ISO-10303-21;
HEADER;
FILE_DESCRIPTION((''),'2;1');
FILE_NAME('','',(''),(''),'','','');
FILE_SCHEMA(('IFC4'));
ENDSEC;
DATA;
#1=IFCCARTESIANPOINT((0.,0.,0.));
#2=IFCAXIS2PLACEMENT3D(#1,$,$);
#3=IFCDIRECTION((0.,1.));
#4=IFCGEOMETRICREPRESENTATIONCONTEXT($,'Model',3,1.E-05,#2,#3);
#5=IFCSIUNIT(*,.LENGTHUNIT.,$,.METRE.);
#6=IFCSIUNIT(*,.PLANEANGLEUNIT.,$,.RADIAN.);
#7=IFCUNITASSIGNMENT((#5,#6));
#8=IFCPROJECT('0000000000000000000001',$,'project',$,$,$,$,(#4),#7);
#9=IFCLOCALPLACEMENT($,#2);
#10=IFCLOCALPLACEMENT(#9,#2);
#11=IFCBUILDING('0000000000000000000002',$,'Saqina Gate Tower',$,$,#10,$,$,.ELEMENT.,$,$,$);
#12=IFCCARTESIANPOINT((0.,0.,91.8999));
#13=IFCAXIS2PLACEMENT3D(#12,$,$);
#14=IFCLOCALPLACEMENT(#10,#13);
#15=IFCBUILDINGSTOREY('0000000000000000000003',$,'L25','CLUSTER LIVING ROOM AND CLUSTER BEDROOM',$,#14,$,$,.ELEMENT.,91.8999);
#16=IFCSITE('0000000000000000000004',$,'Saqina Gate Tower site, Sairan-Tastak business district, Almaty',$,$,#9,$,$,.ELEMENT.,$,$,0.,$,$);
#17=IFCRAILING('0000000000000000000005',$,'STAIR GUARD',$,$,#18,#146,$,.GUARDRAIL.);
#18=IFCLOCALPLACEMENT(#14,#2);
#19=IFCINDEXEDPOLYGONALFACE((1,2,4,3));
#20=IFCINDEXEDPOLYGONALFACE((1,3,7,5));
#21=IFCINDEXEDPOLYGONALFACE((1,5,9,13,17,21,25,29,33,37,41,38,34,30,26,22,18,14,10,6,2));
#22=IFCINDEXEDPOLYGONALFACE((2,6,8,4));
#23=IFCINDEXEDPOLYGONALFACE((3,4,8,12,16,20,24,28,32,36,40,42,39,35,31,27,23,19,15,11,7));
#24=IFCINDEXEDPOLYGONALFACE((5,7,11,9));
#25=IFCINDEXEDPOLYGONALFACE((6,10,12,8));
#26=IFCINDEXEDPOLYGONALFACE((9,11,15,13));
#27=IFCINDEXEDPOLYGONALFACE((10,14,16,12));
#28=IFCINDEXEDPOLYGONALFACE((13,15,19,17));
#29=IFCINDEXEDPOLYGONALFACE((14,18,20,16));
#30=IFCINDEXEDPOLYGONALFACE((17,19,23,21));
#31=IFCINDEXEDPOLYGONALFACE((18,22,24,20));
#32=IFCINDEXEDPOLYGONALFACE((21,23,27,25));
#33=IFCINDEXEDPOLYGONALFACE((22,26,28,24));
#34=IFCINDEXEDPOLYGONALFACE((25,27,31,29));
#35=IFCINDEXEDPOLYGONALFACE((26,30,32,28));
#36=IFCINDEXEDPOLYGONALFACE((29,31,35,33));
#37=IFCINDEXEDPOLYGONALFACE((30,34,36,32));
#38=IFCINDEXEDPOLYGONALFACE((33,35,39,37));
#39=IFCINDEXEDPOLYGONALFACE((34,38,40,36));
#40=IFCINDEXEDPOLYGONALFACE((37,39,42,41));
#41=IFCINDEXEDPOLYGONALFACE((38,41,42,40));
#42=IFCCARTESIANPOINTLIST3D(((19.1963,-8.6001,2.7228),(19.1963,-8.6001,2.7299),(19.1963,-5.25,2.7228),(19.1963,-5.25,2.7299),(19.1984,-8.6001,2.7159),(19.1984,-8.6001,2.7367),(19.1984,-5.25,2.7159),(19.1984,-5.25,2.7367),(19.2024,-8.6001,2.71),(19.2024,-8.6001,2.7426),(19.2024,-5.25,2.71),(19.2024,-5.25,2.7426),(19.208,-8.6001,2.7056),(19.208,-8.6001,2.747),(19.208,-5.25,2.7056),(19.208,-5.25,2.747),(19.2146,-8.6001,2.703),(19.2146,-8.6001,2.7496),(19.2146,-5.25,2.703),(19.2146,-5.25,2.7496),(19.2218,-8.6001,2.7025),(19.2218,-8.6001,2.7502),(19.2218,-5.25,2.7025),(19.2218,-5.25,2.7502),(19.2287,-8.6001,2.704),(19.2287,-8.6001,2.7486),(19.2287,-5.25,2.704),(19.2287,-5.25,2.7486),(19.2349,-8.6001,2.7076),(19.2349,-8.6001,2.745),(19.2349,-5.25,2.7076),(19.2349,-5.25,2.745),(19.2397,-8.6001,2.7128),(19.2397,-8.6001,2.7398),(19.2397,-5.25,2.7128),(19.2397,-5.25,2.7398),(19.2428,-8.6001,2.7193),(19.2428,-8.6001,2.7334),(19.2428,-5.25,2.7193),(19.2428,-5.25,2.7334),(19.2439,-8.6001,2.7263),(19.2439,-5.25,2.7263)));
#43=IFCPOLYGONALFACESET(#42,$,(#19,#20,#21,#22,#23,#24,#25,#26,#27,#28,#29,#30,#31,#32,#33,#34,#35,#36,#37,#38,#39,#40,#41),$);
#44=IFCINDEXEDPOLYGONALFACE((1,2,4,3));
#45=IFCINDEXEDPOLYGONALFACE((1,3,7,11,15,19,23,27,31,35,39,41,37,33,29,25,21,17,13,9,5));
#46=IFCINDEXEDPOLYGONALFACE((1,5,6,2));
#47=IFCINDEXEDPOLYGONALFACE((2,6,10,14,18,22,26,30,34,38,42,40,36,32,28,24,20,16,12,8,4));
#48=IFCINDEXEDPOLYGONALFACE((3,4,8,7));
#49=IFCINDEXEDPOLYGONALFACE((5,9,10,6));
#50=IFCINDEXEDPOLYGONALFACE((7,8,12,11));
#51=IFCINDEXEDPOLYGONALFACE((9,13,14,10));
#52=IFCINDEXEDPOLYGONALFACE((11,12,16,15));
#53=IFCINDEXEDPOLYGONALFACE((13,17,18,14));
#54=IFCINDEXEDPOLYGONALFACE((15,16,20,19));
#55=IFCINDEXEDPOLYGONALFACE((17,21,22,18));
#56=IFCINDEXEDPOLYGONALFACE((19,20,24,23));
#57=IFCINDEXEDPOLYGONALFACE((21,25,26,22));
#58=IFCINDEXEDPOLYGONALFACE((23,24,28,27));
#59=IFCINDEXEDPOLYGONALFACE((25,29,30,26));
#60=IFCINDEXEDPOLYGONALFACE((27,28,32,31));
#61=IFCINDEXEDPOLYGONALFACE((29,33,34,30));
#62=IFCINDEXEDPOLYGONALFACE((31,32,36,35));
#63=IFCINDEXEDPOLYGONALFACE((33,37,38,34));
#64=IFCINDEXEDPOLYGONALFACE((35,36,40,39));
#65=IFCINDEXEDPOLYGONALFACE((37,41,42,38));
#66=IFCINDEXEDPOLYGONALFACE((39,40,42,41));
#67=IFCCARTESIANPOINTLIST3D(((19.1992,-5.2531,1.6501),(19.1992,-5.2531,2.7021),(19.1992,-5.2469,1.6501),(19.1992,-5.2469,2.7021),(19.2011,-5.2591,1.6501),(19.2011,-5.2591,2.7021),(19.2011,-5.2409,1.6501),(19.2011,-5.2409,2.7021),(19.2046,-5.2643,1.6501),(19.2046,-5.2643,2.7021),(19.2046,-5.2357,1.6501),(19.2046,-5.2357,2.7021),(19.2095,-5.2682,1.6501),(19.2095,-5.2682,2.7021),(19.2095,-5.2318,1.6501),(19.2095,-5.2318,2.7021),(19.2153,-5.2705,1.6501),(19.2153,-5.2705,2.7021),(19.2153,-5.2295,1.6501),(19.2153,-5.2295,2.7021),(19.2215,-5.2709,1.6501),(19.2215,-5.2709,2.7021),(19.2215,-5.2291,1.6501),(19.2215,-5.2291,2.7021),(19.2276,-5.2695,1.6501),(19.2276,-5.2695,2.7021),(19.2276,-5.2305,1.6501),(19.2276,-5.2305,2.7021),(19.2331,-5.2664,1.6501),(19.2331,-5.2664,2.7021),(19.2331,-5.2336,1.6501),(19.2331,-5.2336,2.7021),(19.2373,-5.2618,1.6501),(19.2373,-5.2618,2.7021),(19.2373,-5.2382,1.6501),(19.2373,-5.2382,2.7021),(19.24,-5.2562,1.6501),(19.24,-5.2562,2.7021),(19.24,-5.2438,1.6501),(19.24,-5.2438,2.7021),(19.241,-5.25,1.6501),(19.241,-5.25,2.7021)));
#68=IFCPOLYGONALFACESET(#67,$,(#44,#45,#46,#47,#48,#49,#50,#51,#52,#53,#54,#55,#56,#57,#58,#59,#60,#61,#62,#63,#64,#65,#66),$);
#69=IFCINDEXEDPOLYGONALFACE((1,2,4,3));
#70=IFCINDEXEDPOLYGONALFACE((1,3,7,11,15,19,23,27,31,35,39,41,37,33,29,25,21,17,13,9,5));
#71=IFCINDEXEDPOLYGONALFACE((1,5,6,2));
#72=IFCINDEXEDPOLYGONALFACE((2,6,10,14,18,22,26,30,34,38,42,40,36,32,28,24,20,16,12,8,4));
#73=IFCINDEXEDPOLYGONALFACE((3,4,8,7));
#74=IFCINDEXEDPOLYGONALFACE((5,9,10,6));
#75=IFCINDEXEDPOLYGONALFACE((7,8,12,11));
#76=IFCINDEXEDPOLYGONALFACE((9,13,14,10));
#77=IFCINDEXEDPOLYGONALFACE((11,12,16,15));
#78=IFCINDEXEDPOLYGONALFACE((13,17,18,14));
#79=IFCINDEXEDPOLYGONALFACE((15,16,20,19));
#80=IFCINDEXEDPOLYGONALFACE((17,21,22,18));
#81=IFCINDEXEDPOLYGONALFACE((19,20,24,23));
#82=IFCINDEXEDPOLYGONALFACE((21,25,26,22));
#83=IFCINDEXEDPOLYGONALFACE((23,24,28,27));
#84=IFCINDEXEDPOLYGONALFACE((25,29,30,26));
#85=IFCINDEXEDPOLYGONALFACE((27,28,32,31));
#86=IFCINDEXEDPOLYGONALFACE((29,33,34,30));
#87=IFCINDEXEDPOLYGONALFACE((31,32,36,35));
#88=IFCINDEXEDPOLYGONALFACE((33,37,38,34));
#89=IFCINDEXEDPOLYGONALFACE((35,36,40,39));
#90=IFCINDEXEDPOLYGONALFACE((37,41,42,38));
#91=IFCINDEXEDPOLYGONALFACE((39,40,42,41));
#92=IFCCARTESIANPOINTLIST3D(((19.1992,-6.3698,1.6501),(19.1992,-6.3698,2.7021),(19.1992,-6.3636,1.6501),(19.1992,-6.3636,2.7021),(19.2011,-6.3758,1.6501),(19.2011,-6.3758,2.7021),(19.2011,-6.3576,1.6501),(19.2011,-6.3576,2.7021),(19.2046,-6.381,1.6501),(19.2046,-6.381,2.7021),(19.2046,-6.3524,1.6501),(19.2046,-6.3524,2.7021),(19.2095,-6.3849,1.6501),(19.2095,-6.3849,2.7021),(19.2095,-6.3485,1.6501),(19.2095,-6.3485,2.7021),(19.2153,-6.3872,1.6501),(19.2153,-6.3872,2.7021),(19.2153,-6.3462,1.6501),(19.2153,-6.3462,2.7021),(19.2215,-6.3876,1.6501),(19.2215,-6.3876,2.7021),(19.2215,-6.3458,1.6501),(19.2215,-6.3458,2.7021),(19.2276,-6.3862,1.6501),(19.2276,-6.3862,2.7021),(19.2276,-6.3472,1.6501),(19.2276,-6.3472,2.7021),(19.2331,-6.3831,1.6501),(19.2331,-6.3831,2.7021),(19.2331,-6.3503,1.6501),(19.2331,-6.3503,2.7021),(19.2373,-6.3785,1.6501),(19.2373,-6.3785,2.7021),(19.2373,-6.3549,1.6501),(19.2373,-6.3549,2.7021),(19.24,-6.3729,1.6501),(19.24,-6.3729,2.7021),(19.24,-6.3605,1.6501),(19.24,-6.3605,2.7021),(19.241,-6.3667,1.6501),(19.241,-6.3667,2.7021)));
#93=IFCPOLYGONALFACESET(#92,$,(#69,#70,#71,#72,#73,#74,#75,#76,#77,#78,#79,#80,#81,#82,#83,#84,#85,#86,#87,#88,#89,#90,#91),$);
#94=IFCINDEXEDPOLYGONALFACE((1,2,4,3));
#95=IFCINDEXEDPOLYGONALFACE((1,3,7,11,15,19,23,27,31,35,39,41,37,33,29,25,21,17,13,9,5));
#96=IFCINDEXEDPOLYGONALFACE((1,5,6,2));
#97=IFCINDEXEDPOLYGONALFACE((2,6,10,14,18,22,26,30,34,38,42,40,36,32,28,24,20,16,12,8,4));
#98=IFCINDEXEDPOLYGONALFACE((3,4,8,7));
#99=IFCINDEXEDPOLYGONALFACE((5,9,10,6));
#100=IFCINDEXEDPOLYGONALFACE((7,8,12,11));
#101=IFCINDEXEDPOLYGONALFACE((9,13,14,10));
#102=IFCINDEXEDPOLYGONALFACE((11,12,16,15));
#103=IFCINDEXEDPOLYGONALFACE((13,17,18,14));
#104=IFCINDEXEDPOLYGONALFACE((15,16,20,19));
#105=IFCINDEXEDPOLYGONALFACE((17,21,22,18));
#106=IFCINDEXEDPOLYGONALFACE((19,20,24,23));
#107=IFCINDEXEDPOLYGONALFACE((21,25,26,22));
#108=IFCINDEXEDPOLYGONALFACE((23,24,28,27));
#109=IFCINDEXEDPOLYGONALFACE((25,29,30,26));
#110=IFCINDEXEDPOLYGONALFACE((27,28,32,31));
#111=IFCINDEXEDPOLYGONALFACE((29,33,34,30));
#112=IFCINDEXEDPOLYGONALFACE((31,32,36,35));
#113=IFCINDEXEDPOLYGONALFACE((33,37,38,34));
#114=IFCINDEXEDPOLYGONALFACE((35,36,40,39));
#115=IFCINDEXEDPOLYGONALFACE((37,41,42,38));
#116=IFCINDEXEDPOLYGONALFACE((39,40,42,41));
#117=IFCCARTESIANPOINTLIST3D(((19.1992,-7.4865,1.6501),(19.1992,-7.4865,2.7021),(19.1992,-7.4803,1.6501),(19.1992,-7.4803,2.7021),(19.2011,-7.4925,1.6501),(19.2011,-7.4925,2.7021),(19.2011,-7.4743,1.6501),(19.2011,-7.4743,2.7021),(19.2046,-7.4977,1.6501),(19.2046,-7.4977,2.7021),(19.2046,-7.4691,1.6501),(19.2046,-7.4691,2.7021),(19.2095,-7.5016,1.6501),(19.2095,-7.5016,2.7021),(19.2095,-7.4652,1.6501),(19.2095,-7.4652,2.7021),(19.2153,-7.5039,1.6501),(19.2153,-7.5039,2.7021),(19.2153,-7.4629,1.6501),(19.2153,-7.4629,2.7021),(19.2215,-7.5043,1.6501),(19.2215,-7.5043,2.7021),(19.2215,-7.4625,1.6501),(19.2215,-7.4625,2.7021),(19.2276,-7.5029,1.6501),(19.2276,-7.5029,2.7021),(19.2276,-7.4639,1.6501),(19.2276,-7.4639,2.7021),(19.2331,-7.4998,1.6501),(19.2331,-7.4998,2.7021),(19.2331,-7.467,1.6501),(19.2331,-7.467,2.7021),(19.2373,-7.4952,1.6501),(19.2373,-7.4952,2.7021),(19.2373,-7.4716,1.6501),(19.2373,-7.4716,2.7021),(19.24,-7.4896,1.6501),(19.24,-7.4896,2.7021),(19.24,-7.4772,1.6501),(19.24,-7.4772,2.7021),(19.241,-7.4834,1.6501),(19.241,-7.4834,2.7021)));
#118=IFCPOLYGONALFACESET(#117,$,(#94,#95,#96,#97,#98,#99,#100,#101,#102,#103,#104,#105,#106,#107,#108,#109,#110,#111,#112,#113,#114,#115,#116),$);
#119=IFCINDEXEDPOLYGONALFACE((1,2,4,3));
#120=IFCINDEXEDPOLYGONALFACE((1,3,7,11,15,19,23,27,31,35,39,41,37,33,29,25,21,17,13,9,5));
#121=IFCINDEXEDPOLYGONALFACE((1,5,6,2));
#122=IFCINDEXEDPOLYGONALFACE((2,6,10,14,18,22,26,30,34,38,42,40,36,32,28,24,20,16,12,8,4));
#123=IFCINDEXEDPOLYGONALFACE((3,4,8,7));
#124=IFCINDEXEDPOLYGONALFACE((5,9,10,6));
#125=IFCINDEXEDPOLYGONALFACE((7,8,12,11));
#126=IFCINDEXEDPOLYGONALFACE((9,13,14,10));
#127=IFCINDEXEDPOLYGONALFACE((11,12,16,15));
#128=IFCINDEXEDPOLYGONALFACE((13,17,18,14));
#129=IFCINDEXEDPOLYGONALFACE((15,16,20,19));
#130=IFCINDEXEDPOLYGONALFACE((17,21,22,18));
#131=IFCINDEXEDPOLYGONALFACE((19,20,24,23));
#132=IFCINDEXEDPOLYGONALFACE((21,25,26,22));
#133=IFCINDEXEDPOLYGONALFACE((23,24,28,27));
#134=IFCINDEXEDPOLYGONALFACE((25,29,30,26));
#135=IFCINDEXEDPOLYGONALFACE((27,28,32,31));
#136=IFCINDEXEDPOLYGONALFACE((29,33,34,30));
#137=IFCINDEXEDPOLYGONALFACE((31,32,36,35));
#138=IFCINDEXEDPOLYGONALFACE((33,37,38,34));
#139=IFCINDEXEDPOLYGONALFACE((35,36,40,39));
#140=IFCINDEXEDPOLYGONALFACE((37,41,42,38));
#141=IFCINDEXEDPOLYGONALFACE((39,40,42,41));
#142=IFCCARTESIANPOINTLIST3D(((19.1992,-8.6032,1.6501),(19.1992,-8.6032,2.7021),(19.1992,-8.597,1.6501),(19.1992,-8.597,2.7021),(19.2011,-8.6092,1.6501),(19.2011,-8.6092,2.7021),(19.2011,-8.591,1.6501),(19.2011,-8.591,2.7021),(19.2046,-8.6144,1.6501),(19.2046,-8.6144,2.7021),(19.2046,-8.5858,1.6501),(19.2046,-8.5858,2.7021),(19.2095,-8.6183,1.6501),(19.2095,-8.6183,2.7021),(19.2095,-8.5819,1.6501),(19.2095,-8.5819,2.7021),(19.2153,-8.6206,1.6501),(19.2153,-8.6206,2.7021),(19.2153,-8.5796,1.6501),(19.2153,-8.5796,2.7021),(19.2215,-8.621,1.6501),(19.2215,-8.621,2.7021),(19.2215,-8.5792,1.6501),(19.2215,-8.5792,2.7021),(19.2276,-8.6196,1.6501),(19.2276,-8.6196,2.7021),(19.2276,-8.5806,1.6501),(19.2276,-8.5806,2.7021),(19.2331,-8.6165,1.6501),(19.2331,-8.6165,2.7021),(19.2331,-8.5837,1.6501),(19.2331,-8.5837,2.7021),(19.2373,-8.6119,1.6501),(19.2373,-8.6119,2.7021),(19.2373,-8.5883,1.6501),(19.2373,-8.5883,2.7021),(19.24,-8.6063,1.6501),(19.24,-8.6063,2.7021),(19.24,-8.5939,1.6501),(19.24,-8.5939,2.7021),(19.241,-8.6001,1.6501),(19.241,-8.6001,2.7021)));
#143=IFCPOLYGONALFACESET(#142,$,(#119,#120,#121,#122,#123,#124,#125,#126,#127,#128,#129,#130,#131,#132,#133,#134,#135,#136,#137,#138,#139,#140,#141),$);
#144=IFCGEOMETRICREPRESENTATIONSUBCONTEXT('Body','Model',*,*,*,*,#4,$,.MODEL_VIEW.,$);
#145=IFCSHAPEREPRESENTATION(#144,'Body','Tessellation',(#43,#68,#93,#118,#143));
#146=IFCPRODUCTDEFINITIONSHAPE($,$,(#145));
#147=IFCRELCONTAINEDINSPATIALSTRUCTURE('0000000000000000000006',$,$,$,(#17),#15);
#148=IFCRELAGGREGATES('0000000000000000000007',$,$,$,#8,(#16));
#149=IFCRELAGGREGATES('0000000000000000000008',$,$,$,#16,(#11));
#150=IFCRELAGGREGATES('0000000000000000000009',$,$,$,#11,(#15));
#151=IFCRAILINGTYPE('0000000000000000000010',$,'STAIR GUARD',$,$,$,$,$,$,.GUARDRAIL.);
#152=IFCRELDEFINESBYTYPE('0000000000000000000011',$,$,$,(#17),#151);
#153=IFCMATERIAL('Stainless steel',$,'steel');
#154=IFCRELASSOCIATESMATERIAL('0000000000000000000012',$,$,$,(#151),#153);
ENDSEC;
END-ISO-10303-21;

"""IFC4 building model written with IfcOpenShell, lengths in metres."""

from ifc_helpers import new_model, si_unit, direction, frame, origin, origin_2d, place, context, subcontext, project, spatial, circle, extrude, material, type_object, element, save


model = new_model("IFC4")

# Units and contexts
model_context = context("Model", 3, precision=1e-05, world=origin(), true_north=direction((0.0, 1.0)))
body_context = subcontext(model_context, "Body", "Model", "MODEL_VIEW")
ifc_project = project(units=[si_unit("LENGTHUNIT", "METRE"), si_unit("PLANEANGLEUNIT", "RADIAN")], contexts=[model_context])

# Site, building, storey
site_placement = place(None, origin())
site = spatial("IfcSite", under=ifc_project, at=site_placement, Name="Saqina Gate Tower site, Sairan-Tastak business district, Almaty", CompositionType="ELEMENT", RefElevation=0.0)
building_placement = place(site_placement, origin())
building = spatial("IfcBuilding", under=site, at=building_placement, Name="Saqina Gate Tower", CompositionType="ELEMENT")
storey_placement = place(building_placement, frame((0.0, 0.0, 91.8999)))
storey = spatial("IfcBuildingStorey", under=building, at=storey_placement, Name="L25", Description="CLUSTER LIVING ROOM AND CLUSTER BEDROOM", CompositionType="ELEMENT", Elevation=91.8999)

# Railing
ifc_material_1 = material(Name="Stainless steel", Category="steel")
railing_type = type_object("IfcRailingType", Name="STAIR GUARD", PredefinedType="GUARDRAIL", material=ifc_material_1)
railing_placement = place(storey_placement, frame((19.22, -5.25, 1.6501)))
element("IfcRailing", 1, at=railing_placement, inside=storey, type_object=railing_type, Name="STAIR GUARD", PredefinedType="GUARDRAIL", context=body_context, shape_type="SweptSolid", body=[
    extrude(circle(Radius=0.0239, at=origin_2d()), frame((0.0, 0.0, 1.0762), z_axis=(0.0, -1.0, 0.0), x_axis=(1.0, 0.0, 0.0)), (0.0, 0.0, 1.0), 3.3501),
    extrude(circle(Radius=0.021, at=origin_2d()), origin(), (0.0, 0.0, 1.0), 1.052),
    extrude(circle(Radius=0.021, at=origin_2d()), frame((0.0, -1.1167, 0.0)), (0.0, 0.0, 1.0), 1.052),
    extrude(circle(Radius=0.021, at=origin_2d()), frame((0.0, -2.2334, 0.0)), (0.0, 0.0, 1.0), 1.052),
    extrude(circle(Radius=0.021, at=origin_2d()), frame((0.0, -3.3501, 0.0)), (0.0, 0.0, 1.0), 1.052),
])

save(model, "model.ifc")
